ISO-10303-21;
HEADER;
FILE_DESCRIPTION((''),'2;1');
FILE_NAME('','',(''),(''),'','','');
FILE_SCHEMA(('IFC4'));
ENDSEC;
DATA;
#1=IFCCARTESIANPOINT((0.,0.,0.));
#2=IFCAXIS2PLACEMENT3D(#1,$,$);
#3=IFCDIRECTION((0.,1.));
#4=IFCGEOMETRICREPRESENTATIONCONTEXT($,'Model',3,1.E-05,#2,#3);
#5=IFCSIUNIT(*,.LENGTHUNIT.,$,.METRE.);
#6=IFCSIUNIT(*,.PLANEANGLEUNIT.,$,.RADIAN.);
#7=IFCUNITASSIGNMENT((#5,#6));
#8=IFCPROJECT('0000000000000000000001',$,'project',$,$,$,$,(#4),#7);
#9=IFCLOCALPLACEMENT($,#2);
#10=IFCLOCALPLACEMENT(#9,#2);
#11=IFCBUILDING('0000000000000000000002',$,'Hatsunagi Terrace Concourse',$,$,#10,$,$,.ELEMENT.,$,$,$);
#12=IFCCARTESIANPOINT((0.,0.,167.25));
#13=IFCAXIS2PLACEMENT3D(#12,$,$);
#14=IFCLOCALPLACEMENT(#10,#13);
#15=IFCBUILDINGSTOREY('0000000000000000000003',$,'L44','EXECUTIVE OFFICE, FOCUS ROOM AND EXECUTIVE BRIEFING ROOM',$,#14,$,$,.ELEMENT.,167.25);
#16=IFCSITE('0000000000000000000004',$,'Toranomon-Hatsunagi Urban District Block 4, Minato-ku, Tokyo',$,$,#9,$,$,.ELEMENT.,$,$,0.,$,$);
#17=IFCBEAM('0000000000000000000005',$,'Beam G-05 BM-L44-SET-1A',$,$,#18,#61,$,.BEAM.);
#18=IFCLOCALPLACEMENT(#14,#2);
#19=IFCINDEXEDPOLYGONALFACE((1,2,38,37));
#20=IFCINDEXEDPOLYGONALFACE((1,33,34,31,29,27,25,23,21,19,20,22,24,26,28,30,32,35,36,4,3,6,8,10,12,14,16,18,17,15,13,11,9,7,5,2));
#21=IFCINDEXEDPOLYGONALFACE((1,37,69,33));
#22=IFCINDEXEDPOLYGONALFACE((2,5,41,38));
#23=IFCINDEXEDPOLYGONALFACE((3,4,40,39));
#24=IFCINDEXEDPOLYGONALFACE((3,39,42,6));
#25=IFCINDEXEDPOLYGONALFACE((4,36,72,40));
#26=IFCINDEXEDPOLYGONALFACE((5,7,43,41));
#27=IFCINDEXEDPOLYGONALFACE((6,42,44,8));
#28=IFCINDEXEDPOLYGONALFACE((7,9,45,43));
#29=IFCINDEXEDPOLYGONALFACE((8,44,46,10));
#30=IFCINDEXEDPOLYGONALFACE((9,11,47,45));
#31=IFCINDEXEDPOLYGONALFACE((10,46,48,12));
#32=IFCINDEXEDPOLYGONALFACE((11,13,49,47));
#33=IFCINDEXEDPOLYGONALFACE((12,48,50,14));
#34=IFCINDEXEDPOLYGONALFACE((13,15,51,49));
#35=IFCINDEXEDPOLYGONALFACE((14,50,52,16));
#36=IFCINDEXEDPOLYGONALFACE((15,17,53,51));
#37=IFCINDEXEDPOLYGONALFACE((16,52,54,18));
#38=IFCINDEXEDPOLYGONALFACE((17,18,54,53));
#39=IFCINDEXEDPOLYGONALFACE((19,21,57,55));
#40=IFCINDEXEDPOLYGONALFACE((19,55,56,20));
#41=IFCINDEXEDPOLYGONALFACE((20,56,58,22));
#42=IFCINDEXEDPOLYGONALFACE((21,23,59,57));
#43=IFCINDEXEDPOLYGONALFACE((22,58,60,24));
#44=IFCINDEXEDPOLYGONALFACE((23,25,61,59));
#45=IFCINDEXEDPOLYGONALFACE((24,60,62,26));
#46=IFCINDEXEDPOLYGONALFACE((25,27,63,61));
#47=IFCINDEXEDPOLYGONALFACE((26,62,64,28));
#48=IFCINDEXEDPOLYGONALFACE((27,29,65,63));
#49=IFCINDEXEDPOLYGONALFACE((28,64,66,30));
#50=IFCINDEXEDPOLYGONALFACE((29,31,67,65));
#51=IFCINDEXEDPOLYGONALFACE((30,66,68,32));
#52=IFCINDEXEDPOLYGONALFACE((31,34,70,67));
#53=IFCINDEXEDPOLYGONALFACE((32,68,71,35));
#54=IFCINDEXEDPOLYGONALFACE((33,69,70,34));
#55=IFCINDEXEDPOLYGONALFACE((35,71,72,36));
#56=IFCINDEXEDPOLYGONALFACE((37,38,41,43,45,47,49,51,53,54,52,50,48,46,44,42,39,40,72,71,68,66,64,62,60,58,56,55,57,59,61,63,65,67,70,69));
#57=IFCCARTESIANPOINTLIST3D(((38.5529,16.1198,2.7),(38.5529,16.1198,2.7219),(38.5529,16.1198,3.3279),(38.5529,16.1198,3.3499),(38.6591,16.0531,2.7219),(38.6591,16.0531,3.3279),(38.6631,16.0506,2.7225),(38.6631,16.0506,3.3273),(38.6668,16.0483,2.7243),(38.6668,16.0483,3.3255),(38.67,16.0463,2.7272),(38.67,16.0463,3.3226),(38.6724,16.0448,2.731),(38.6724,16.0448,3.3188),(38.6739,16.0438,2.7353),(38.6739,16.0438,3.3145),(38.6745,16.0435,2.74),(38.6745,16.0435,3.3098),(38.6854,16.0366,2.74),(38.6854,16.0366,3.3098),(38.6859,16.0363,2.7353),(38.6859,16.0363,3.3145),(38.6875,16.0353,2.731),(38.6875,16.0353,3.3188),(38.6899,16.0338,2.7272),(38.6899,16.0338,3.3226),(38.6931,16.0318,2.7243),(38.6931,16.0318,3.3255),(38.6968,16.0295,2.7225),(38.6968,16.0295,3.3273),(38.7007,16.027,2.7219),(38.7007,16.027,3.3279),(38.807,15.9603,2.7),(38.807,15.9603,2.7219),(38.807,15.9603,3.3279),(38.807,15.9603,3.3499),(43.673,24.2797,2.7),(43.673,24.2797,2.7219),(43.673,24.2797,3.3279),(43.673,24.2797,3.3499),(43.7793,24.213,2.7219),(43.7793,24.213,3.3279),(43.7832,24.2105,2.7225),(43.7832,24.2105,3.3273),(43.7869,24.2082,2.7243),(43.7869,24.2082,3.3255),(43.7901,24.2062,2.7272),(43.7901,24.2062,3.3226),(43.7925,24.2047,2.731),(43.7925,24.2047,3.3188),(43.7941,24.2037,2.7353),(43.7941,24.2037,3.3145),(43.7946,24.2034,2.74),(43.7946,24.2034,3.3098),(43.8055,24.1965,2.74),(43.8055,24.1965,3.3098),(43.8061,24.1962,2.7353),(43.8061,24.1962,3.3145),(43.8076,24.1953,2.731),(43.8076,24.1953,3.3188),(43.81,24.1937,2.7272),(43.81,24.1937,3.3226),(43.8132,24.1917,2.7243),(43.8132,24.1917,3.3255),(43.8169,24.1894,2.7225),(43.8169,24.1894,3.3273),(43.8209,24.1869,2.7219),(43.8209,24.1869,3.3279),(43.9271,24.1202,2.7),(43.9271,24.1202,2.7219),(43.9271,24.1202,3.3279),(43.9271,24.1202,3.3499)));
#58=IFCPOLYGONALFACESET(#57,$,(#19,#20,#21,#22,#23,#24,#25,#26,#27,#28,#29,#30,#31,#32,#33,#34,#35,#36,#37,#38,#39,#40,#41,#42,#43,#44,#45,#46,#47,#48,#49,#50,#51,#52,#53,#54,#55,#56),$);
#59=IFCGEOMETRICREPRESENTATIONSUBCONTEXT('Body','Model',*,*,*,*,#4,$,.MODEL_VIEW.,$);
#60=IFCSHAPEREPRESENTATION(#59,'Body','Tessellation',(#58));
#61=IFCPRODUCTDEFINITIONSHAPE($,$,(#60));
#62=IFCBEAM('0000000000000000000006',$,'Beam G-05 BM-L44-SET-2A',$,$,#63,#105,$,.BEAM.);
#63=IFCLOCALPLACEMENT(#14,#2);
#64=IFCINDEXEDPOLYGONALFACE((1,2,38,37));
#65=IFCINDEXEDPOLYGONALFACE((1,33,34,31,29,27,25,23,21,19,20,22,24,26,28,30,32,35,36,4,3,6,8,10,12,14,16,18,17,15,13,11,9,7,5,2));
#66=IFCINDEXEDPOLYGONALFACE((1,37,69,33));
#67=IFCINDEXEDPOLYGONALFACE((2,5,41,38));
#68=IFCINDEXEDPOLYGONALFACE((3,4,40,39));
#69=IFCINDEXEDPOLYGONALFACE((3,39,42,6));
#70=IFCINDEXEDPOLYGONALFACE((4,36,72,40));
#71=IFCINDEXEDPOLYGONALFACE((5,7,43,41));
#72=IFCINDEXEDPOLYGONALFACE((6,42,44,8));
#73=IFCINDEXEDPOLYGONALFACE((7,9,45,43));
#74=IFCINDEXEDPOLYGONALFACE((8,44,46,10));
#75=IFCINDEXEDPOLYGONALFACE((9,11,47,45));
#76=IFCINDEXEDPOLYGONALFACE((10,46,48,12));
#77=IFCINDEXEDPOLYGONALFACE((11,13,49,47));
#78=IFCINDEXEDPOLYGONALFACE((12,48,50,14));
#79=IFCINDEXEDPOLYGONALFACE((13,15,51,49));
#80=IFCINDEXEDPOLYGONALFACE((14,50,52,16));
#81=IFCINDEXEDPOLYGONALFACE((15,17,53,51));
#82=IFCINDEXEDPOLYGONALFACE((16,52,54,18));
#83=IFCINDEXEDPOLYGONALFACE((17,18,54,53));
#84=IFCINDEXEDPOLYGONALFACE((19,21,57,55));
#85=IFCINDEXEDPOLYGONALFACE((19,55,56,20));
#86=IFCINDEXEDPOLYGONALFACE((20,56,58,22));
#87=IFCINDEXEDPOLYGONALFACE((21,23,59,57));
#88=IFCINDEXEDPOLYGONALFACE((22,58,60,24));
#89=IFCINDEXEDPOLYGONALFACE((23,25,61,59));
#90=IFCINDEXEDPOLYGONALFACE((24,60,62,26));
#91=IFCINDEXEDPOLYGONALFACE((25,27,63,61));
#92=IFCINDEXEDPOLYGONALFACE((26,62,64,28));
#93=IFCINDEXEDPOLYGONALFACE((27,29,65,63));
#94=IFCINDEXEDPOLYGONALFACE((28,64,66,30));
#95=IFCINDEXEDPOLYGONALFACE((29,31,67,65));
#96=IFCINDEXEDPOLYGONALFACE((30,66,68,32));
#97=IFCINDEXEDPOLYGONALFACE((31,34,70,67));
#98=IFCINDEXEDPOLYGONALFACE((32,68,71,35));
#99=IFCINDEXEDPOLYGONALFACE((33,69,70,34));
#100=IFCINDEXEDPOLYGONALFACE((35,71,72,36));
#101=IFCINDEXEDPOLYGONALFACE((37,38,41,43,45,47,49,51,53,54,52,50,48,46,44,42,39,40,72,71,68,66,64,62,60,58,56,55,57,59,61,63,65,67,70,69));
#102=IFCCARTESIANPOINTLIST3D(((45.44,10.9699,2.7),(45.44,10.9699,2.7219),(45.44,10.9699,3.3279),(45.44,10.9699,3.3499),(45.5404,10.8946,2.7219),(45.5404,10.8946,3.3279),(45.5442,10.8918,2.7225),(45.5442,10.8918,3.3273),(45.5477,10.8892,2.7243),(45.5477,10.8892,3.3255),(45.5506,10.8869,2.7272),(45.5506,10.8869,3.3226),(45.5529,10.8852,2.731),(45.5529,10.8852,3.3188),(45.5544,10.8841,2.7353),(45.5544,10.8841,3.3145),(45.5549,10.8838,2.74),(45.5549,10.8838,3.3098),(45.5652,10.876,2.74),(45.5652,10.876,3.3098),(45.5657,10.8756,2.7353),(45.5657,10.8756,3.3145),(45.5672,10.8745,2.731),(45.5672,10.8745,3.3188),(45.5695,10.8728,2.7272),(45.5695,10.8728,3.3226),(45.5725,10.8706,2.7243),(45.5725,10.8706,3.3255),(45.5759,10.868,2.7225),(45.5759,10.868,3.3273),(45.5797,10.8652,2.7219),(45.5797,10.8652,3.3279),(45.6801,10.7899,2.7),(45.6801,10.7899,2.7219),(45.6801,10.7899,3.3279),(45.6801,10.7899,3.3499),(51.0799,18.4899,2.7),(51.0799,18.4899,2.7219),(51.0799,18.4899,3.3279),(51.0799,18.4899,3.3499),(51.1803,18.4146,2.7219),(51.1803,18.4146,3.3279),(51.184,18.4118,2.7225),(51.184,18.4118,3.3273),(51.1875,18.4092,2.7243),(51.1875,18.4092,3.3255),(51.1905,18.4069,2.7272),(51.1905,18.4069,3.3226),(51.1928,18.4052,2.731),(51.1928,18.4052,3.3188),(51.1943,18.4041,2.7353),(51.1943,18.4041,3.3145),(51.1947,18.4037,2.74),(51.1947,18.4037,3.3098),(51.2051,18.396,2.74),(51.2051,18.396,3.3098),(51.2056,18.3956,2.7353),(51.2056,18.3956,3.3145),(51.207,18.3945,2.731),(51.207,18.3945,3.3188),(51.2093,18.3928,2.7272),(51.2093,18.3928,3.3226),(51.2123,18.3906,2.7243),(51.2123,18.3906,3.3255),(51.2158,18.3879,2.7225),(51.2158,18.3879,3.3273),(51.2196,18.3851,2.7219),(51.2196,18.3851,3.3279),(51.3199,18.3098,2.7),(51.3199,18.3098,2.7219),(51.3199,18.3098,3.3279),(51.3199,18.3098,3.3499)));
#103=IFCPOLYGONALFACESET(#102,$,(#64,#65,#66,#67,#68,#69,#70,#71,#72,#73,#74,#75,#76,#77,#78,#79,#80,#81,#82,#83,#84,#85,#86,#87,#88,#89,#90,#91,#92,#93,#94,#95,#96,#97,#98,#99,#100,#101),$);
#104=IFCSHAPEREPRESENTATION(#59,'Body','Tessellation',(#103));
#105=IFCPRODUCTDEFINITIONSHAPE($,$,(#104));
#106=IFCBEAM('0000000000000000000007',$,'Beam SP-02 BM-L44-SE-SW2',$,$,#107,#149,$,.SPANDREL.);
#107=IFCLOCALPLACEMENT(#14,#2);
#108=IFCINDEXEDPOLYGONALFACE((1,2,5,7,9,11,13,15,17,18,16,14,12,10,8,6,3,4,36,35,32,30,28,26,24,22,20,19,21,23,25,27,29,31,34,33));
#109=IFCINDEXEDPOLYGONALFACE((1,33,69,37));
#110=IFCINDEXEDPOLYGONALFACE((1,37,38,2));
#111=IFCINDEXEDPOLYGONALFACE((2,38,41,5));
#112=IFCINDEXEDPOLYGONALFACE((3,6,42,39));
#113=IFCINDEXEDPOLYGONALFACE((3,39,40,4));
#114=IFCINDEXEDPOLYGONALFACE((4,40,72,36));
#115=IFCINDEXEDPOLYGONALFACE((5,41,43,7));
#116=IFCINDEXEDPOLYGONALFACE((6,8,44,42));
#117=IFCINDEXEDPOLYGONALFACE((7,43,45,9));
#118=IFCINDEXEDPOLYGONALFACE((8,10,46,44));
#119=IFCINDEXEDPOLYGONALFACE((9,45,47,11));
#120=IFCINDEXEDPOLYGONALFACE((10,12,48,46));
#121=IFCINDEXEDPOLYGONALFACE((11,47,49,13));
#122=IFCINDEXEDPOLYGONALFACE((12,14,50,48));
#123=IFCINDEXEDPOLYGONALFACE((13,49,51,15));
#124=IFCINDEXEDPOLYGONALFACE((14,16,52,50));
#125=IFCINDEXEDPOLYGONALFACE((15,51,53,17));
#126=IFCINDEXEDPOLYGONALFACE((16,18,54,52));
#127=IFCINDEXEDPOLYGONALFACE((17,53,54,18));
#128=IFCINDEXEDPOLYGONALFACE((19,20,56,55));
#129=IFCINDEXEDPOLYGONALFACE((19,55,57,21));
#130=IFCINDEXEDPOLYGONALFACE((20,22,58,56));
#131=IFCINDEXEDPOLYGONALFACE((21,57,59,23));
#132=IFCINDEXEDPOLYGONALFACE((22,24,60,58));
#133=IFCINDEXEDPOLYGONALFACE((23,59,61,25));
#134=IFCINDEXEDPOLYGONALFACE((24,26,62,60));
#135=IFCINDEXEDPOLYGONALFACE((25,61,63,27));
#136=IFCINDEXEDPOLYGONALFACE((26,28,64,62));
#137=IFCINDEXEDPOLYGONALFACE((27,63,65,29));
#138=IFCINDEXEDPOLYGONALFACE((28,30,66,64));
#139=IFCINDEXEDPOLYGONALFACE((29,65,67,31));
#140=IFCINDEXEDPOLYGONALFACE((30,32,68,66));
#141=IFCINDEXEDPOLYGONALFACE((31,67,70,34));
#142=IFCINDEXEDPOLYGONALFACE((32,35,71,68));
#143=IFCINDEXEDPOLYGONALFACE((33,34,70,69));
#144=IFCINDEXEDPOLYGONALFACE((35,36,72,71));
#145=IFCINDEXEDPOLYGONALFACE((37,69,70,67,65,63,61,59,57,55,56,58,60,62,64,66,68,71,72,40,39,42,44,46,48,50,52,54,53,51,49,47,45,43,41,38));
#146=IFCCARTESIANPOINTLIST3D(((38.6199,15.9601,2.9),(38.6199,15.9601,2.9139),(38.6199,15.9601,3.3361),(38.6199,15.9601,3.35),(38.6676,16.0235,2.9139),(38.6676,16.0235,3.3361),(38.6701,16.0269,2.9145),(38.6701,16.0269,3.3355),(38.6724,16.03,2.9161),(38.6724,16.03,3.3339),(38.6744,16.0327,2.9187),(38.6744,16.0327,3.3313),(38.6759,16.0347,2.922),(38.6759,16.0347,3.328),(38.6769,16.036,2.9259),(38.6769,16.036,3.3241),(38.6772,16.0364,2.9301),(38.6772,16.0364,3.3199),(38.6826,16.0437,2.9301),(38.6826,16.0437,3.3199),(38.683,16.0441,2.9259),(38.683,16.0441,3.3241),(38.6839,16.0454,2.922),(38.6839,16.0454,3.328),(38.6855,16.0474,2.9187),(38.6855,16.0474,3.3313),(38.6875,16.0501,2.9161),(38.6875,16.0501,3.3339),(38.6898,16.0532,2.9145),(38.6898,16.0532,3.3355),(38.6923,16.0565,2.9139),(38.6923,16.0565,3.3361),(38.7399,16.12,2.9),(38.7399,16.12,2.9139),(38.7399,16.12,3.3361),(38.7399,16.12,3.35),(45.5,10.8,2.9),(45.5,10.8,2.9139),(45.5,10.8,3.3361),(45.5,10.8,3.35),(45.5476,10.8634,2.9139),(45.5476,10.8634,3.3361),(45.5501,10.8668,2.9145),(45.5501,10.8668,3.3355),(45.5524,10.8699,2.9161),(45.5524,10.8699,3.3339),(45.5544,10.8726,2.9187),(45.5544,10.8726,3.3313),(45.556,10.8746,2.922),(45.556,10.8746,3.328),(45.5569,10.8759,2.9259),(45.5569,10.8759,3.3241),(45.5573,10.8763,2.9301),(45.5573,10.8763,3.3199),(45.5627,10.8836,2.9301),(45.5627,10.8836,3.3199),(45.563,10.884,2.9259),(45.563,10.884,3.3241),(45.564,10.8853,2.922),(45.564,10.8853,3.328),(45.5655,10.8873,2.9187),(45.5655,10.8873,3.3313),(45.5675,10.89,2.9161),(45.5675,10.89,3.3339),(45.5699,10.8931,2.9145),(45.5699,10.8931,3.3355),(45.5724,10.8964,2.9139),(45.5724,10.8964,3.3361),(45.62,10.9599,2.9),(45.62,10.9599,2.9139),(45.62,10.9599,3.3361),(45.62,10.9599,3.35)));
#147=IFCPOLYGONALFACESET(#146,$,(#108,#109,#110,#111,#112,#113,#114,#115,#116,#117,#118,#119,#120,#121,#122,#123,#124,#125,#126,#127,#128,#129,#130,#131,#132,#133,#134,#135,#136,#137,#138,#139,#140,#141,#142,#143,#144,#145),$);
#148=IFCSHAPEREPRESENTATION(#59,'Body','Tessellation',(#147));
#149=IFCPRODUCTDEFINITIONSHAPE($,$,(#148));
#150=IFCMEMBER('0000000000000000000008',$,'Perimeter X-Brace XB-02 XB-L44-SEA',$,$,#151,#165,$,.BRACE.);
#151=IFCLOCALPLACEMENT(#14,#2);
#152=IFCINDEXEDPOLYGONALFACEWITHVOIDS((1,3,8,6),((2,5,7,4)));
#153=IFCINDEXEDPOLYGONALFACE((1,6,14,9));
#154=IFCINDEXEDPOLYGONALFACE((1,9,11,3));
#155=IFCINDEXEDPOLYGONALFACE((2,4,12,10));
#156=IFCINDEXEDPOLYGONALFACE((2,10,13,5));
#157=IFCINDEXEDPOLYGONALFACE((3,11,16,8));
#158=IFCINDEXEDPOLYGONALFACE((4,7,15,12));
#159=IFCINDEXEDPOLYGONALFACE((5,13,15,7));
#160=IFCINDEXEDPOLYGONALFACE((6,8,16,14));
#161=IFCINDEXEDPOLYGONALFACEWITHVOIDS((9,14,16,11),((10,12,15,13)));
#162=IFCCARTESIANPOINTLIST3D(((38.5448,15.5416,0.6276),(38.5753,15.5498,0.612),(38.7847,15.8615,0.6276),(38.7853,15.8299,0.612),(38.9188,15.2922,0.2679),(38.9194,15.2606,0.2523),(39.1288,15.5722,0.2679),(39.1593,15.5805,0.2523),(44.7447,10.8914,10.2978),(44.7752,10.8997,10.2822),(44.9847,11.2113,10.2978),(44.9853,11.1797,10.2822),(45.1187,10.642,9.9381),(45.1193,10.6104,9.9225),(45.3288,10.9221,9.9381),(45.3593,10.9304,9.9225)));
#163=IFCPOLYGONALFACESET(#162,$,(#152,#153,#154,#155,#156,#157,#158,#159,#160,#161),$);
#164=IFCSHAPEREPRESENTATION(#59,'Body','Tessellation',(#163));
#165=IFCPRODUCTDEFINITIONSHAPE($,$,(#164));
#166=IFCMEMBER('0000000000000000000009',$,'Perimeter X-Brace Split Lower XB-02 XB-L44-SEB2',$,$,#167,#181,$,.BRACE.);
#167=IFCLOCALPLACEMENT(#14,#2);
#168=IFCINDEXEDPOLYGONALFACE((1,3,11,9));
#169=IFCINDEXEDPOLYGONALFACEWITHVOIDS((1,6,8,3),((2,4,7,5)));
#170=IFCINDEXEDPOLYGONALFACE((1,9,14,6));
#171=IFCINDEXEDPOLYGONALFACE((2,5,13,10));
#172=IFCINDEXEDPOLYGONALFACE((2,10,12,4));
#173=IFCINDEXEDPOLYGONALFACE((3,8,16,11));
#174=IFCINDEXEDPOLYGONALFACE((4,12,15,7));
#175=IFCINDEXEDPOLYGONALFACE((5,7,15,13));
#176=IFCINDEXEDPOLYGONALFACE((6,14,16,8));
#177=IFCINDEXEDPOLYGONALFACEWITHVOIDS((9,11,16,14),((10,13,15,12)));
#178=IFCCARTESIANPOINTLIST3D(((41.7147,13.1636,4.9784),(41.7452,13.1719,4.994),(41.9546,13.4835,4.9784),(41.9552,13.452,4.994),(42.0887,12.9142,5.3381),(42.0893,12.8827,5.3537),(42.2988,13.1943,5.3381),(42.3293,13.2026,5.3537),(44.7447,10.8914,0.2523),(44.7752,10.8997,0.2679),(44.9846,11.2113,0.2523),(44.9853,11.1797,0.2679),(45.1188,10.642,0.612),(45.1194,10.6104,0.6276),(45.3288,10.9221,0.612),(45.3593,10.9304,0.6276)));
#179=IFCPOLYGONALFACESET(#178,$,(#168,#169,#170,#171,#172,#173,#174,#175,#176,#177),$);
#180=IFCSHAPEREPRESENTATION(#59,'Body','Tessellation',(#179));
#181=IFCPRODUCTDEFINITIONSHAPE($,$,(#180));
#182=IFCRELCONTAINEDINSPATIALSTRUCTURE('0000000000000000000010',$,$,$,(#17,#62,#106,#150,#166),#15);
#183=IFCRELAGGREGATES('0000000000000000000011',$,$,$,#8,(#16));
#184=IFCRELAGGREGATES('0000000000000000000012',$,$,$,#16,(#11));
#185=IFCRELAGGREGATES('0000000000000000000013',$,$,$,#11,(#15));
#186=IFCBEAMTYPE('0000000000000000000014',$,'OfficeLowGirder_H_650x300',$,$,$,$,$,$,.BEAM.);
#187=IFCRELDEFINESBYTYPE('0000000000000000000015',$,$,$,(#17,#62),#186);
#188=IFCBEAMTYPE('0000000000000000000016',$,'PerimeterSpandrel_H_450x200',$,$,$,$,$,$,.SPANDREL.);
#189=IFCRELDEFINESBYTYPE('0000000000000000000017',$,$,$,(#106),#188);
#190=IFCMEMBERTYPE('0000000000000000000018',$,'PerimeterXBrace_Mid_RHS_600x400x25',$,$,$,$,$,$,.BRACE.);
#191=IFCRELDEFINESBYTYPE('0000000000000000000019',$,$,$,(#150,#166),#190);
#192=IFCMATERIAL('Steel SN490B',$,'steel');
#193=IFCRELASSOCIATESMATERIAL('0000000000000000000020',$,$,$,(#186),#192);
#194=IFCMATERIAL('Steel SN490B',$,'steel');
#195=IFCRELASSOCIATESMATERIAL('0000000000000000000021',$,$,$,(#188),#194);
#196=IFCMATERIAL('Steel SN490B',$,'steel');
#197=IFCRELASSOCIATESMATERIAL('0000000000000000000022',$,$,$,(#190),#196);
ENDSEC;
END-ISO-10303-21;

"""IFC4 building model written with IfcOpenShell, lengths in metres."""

from ifc_helpers import new_model, si_unit, direction, frame, origin, origin_2d, place, context, subcontext, project, spatial, hollow_rectangle, i_section, extrude, material, material_profile, profile_set, type_object, element, save


model = new_model("IFC4")

# Units and contexts
model_context = context("Model", 3, precision=1e-05, world=origin(), true_north=direction((0.0, 1.0)))
body_context = subcontext(model_context, "Body", "Model", "MODEL_VIEW")
ifc_project = project(units=[si_unit("LENGTHUNIT", "METRE"), si_unit("PLANEANGLEUNIT", "RADIAN")], contexts=[model_context])

# Site, building, storey
site_placement = place(None, origin())
site = spatial("IfcSite", under=ifc_project, at=site_placement, Name="Toranomon-Hatsunagi Urban District Block 4, Minato-ku, Tokyo", CompositionType="ELEMENT", RefElevation=0.0)
building_placement = place(site_placement, origin())
building = spatial("IfcBuilding", under=site, at=building_placement, Name="Hatsunagi Terrace Concourse", CompositionType="ELEMENT")
storey_placement = place(building_placement, frame((0.0, 0.0, 167.25)))
storey = spatial("IfcBuildingStorey", under=building, at=storey_placement, Name="L44", Description="EXECUTIVE OFFICE, FOCUS ROOM AND EXECUTIVE BRIEFING ROOM", CompositionType="ELEMENT", Elevation=167.25)

# Beams
ifc_material_1 = material(Name="Steel SN490B", Category="steel")
ifc_material_profile_1 = material_profile(ifc_material_1, i_section(OverallWidth=0.3, OverallDepth=0.6499, WebThickness=0.0129, FlangeThickness=0.022, FilletRadius=0.0181, at=origin_2d()), Name="H-650x300x13x22")
ifc_profile_set_1 = profile_set([ifc_material_profile_1], Name="Steel SN490B")
beam_type_1 = type_object("IfcBeamType", Name="OfficeLowGirder_H_650x300", PredefinedType="BEAM", material=ifc_profile_set_1)
beam_1_placement = place(storey_placement, frame((38.6799, 16.04, 3.0249), z_axis=(0.531504, 0.847056, 0.0), x_axis=(-0.847056, 0.531504, 0.0)))
element("IfcBeam", 1, at=beam_1_placement, inside=storey, type_object=beam_type_1, Name="Beam G-05 BM-L44-SET-1A", PredefinedType="BEAM", context=body_context, shape_type="SweptSolid", body=[
    extrude(i_section(OverallWidth=0.3, OverallDepth=0.6499, WebThickness=0.0129, FlangeThickness=0.022, FilletRadius=0.0181, at=origin_2d()), origin(), (0.0, 0.0, 1.0), 9.6333),
])
beam_2_placement = place(storey_placement, frame((45.5601, 10.8799, 3.0249), z_axis=(0.599992, 0.800006, 0.0), x_axis=(-0.800006, 0.599992, 0.0)))
element("IfcBeam", 2, at=beam_2_placement, inside=storey, type_object=beam_type_1, Name="Beam G-05 BM-L44-SET-2A", PredefinedType="BEAM", context=body_context, shape_type="SweptSolid", body=[
    extrude(i_section(OverallWidth=0.3, OverallDepth=0.6499, WebThickness=0.0129, FlangeThickness=0.022, FilletRadius=0.0181, at=origin_2d()), origin(), (0.0, 0.0, 1.0), 9.3999),
])
ifc_material_2 = material(Name="Steel SN490B", Category="steel")
ifc_material_profile_2 = material_profile(ifc_material_2, i_section(OverallWidth=0.2, OverallDepth=0.45, WebThickness=0.009, FlangeThickness=0.0139, FilletRadius=0.0161, at=origin_2d()), Name="H-450x200x9x14")
ifc_profile_set_2 = profile_set([ifc_material_profile_2], Name="Steel SN490B")
beam_type_2 = type_object("IfcBeamType", Name="PerimeterSpandrel_H_450x200", PredefinedType="SPANDREL", material=ifc_profile_set_2)
beam_3_placement = place(storey_placement, frame((38.6799, 16.04, 3.125), z_axis=(0.799997, -0.600005, 0.0), x_axis=(0.600005, 0.799997, 0.0)))
element("IfcBeam", 3, at=beam_3_placement, inside=storey, type_object=beam_type_2, Name="Beam SP-02 BM-L44-SE-SW2", PredefinedType="SPANDREL", context=body_context, shape_type="SweptSolid", body=[
    extrude(i_section(OverallWidth=0.2, OverallDepth=0.45, WebThickness=0.009, FlangeThickness=0.0139, FilletRadius=0.0161, at=origin_2d()), origin(), (0.0, 0.0, 1.0), 8.6001),
])

# Members
ifc_material_3 = material(Name="Steel SN490B", Category="steel")
ifc_material_profile_3 = material_profile(ifc_material_3, hollow_rectangle(XDim=0.3999, YDim=0.6001, WallThickness=0.0249, at=origin_2d()), Name="RHS-600x400x25")
ifc_profile_set_3 = profile_set([ifc_material_profile_3], Name="Steel SN490B")
member_type = type_object("IfcMemberType", Name="PerimeterXBrace_Mid_RHS_600x400x25", PredefinedType="BRACE", material=ifc_profile_set_3)
member_1_placement = place(storey_placement, frame((38.8521, 15.561, 0.4399), z_axis=(0.500297, -0.375237, 0.780321), x_axis=(0.600015, 0.799989, 0.0)))
element("IfcMember", 4, at=member_1_placement, inside=storey, type_object=member_type, Name="Perimeter X-Brace XB-02 XB-L44-SEA", PredefinedType="BRACE", context=body_context, shape_type="SweptSolid", body=[
    extrude(hollow_rectangle(XDim=0.3999, YDim=0.6001, WallThickness=0.0249, at=origin_2d()), origin(), (0.0, 0.0, 1.0), 12.3926),
])
member_2_placement = place(storey_placement, frame((42.022, 13.1831, 5.166), z_axis=(0.500303, -0.375177, -0.780345), x_axis=(0.599948, 0.800039, 0.0)))
element("IfcMember", 5, at=member_2_placement, inside=storey, type_object=member_type, Name="Perimeter X-Brace Split Lower XB-02 XB-L44-SEB2", PredefinedType="BRACE", context=body_context, shape_type="SweptSolid", body=[
    extrude(hollow_rectangle(XDim=0.3999, YDim=0.6001, WallThickness=0.0249, at=origin_2d()), origin(), (0.0, 0.0, 1.0), 6.0564),
])

save(model, "model.ifc")
